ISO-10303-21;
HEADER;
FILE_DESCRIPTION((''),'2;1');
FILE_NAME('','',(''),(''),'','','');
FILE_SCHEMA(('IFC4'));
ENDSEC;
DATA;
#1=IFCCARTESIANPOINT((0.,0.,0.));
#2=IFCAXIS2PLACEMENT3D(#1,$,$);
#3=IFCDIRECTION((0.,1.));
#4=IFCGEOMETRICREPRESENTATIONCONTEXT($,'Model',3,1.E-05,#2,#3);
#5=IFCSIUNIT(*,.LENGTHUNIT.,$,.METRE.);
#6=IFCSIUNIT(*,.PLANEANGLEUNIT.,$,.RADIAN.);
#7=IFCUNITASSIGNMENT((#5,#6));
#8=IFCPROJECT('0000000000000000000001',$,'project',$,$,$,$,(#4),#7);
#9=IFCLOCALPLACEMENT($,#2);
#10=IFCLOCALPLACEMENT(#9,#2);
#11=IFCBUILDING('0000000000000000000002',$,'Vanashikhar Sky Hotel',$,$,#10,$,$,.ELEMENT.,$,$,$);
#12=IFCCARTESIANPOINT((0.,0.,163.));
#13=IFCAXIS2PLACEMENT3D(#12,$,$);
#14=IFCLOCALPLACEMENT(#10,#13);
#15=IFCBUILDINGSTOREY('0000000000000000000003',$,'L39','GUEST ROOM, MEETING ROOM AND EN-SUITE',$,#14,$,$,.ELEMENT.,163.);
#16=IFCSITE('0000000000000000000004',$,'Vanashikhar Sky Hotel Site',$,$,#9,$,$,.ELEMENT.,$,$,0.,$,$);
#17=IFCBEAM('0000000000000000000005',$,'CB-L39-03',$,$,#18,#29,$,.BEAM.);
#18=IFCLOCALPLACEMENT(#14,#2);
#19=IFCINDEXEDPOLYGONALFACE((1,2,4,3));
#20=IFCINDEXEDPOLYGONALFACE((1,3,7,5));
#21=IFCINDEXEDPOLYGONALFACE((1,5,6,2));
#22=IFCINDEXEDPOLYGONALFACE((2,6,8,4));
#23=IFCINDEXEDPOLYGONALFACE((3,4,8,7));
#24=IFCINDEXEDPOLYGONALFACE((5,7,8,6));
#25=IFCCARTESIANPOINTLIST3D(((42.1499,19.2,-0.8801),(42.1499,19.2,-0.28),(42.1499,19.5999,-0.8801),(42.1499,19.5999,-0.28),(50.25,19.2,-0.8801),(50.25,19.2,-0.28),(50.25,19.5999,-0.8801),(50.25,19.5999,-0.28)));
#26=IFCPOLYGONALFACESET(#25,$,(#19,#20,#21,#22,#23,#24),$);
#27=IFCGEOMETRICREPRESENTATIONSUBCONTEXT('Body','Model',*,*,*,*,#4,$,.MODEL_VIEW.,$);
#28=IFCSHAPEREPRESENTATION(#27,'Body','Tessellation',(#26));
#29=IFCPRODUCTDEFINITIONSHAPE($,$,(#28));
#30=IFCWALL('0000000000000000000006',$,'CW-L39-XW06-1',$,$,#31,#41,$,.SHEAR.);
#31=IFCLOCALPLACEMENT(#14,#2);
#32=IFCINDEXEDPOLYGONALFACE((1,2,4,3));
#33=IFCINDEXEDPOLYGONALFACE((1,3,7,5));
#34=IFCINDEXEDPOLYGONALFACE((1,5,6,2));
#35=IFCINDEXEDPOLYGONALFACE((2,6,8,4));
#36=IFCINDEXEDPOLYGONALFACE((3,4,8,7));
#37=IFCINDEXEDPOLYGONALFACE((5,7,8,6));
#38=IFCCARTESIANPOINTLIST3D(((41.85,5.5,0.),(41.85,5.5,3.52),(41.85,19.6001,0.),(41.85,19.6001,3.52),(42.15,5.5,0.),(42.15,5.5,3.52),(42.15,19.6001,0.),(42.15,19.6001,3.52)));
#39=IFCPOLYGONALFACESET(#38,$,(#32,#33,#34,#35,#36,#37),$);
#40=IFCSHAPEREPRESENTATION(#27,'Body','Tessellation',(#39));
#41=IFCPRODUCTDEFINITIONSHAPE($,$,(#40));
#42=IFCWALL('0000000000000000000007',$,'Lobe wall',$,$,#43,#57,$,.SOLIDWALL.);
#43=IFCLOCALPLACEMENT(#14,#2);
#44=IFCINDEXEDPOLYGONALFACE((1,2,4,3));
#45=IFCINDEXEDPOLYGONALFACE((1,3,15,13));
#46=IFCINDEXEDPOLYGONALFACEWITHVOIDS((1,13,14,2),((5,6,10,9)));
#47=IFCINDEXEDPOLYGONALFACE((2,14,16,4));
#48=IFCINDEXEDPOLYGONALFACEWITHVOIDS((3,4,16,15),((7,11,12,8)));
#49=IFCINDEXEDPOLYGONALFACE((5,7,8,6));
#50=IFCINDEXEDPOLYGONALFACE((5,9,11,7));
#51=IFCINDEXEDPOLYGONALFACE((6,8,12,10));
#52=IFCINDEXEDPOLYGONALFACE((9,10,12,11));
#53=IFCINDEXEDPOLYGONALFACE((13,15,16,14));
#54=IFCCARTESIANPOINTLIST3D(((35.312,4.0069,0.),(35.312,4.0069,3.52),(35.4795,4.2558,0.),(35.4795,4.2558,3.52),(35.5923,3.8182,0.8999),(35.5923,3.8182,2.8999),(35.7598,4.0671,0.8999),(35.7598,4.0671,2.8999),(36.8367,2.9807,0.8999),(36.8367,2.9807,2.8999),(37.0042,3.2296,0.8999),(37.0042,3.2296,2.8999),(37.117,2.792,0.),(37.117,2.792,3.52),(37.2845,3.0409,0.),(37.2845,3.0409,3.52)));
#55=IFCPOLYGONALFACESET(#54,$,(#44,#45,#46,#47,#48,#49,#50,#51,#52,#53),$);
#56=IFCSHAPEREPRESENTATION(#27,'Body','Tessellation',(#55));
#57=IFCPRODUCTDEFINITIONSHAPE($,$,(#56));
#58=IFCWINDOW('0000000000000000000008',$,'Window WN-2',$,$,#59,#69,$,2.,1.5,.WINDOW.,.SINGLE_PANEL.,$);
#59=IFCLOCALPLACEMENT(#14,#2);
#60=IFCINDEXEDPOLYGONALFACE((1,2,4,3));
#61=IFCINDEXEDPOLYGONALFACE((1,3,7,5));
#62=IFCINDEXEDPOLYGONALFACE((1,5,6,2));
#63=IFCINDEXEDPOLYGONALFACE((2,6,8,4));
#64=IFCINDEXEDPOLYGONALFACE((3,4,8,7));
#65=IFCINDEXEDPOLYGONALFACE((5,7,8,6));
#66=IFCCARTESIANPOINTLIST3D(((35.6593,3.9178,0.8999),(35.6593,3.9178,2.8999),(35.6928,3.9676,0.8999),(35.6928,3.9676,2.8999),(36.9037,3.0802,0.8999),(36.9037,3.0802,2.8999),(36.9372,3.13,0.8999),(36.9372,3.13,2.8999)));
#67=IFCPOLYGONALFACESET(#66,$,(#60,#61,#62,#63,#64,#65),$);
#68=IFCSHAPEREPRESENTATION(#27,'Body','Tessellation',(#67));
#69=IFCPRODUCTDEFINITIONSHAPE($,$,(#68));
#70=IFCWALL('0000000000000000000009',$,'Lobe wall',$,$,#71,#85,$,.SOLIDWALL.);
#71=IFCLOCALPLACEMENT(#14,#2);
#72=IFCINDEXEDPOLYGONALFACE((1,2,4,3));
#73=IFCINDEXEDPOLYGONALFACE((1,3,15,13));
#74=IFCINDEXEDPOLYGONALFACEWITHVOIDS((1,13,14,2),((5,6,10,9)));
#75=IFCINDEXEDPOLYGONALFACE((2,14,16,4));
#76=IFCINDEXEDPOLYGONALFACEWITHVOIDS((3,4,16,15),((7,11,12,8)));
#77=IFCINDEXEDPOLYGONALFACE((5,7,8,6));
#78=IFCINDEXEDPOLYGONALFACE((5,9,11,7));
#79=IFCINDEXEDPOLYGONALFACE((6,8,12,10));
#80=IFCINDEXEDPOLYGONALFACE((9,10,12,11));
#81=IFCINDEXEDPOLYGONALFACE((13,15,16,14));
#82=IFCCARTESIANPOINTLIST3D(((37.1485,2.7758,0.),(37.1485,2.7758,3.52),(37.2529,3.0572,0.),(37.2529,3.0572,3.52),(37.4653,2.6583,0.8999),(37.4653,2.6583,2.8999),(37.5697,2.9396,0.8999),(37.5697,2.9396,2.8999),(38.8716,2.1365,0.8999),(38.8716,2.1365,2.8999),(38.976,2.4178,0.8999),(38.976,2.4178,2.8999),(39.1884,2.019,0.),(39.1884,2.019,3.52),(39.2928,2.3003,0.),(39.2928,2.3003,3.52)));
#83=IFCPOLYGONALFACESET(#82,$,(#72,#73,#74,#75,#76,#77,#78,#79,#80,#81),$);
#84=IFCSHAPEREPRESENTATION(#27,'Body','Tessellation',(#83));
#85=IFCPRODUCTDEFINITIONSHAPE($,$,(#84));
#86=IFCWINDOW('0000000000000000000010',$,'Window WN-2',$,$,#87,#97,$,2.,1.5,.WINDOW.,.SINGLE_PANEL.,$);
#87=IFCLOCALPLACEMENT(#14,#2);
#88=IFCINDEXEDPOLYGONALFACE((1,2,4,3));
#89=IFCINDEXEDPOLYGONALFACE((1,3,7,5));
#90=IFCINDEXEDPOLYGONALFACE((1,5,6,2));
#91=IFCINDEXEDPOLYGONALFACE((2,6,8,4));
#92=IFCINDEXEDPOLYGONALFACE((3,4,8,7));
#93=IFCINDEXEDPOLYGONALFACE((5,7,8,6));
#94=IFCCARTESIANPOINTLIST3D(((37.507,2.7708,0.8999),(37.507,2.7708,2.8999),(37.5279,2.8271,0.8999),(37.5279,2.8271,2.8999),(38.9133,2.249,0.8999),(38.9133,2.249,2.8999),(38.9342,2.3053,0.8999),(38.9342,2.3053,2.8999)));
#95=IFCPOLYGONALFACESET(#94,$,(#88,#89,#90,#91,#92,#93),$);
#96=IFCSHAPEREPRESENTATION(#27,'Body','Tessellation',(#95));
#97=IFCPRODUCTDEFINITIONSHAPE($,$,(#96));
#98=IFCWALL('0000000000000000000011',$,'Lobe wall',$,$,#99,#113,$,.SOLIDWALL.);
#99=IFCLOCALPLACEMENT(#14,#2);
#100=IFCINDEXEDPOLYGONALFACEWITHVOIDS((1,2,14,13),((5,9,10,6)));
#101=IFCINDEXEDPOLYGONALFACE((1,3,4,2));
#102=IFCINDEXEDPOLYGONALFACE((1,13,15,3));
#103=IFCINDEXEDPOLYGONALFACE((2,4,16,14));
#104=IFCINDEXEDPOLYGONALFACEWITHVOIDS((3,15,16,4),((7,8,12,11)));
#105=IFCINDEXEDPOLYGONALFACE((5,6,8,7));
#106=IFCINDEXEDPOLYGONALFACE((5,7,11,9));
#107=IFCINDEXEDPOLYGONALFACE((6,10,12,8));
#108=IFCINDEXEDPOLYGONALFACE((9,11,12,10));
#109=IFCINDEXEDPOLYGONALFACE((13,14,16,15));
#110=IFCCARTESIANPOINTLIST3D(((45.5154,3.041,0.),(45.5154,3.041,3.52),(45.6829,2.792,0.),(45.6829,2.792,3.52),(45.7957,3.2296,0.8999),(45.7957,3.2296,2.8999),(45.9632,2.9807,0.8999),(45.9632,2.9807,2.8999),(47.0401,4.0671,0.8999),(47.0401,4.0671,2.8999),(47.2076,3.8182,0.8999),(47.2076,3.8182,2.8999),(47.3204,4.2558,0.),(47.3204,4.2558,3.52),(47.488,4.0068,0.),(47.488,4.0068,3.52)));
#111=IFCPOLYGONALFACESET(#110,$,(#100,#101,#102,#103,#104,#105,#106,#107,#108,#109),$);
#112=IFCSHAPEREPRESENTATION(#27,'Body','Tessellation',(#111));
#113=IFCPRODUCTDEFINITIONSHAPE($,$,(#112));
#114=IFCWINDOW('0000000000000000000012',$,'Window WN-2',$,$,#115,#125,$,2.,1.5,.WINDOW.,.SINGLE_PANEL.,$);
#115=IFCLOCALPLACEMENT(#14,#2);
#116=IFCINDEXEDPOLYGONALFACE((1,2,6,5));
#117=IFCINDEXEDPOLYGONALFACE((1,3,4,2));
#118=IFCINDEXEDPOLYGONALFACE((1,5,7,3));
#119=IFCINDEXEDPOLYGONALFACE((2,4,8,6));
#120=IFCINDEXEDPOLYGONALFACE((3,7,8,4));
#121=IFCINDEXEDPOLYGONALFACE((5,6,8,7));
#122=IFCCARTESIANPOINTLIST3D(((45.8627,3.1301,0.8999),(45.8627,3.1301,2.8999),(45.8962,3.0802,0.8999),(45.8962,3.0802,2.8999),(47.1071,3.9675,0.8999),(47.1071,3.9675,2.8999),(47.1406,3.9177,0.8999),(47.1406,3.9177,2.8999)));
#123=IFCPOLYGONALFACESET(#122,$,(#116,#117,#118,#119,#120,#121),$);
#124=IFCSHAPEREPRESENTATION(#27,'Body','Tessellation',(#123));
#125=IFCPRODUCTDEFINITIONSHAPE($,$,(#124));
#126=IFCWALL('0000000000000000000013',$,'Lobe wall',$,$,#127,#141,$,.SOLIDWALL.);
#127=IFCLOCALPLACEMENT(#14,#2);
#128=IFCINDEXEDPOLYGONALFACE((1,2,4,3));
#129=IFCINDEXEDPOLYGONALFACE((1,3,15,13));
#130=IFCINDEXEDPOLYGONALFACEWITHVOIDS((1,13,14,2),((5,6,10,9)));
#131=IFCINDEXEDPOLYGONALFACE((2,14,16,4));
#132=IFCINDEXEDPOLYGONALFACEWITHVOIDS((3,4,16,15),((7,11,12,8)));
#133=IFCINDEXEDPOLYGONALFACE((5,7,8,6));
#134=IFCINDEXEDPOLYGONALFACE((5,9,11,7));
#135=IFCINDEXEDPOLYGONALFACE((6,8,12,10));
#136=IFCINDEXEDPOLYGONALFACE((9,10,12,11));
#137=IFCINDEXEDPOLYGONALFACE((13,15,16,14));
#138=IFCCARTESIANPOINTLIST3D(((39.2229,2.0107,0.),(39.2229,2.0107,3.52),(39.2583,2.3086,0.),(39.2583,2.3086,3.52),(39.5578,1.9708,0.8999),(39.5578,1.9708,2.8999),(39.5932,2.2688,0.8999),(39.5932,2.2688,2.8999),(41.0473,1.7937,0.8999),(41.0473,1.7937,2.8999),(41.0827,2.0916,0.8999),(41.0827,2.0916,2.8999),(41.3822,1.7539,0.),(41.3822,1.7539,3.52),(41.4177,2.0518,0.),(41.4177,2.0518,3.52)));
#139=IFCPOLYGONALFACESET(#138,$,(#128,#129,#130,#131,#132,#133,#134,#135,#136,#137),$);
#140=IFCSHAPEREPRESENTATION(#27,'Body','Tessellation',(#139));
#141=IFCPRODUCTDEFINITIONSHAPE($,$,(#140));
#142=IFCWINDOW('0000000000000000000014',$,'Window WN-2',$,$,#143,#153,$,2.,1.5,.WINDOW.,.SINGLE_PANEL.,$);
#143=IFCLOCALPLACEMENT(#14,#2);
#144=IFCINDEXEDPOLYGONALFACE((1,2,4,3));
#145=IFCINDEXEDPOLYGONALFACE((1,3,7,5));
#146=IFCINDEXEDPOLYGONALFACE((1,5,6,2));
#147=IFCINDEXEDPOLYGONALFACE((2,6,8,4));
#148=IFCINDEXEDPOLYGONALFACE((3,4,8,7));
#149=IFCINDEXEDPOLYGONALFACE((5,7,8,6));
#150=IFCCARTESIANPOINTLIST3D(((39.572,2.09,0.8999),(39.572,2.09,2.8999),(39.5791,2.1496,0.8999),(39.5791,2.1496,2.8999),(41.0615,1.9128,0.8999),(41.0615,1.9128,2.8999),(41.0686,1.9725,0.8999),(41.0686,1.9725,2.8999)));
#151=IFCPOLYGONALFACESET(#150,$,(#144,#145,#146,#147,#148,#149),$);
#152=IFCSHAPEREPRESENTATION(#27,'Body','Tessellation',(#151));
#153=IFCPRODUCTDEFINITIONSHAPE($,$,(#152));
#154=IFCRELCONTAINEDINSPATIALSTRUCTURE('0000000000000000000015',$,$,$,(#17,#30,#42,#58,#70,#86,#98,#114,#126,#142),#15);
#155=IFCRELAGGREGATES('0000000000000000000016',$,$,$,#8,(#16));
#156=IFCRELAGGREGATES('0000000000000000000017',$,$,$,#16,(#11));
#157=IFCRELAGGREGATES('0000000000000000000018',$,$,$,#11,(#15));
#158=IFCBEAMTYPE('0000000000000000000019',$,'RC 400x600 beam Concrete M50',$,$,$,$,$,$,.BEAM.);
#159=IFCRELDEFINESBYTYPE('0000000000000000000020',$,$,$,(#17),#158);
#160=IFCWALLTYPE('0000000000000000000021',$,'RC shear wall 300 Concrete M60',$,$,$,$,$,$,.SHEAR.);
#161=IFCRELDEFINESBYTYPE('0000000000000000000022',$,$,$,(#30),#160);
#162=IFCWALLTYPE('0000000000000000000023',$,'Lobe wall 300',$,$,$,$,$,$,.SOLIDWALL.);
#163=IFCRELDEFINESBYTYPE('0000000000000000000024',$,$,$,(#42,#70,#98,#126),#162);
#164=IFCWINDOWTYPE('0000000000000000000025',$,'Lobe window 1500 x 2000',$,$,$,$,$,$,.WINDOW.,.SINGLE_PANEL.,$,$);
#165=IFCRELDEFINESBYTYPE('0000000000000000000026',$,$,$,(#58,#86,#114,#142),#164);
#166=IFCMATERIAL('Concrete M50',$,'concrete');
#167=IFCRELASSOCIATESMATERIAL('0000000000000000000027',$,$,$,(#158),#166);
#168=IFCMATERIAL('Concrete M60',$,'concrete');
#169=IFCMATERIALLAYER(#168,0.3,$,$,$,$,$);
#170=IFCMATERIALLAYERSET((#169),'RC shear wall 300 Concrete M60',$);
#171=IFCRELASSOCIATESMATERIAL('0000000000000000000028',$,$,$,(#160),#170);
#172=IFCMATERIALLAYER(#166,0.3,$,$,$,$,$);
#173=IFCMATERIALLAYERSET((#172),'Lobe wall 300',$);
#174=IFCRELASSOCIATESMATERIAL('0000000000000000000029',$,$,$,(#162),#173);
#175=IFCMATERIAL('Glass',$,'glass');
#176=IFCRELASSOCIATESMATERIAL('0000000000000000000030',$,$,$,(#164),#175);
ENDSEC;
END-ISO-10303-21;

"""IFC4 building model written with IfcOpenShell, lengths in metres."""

from ifc_helpers import new_model, si_unit, direction, frame, frame_2d, origin, origin_2d, place, context, subcontext, project, spatial, rectangle, extrude, source, transform, mapped, material, layer, layer_set, material_profile, profile_set, type_object, element, fill, save


model = new_model("IFC4")

# Units and contexts
model_context = context("Model", 3, precision=1e-05, world=origin(), true_north=direction((0.0, 1.0)))
body_context = subcontext(model_context, "Body", "Model", "MODEL_VIEW")
ifc_project = project(units=[si_unit("LENGTHUNIT", "METRE"), si_unit("PLANEANGLEUNIT", "RADIAN")], contexts=[model_context])

# Site, building, storey
site_placement = place(None, origin())
site = spatial("IfcSite", under=ifc_project, at=site_placement, Name="Vanashikhar Sky Hotel Site", CompositionType="ELEMENT", RefElevation=0.0)
building_placement = place(site_placement, origin())
building = spatial("IfcBuilding", under=site, at=building_placement, Name="Vanashikhar Sky Hotel", CompositionType="ELEMENT")
storey_placement = place(building_placement, frame((0.0, 0.0, 163.0)))
storey = spatial("IfcBuildingStorey", under=building, at=storey_placement, Name="L39", Description="GUEST ROOM, MEETING ROOM AND EN-SUITE", CompositionType="ELEMENT", Elevation=163.0)

# Beam
ifc_material_1 = material(Name="Concrete M50", Category="concrete")
ifc_material_profile_1 = material_profile(ifc_material_1, rectangle(XDim=0.3999, YDim=0.6001, at=origin_2d()))
ifc_profile_set_1 = profile_set([ifc_material_profile_1], Name="RC 400x600 beam Concrete M50")
beam_type = type_object("IfcBeamType", Name="RC 400x600 beam Concrete M50", PredefinedType="BEAM", material=ifc_profile_set_1)
shared_shape_1 = source(origin(), body_context, "Body", "SweptSolid", [
    extrude(rectangle(XDim=0.3999, YDim=0.6001, at=origin_2d()), origin(), (0.0, 0.0, 1.0), 8.1001),
])
beam_placement = place(storey_placement, frame((42.1499, 19.3999, -0.5801), z_axis=(1.0, 0.0, 0.0), x_axis=(0.0, 1.0, 0.0)))
element("IfcBeam", 1, at=beam_placement, inside=storey, type_object=beam_type, Name="CB-L39-03", PredefinedType="BEAM", context=body_context, shape_type="MappedRepresentation", body=[
    mapped(shared_shape_1, transform((0.0, 0.0, 0.0), scale=1.0)),
])

# Wall
ifc_material_2 = material(Name="Concrete M60", Category="concrete")
ifc_layer_1 = layer(ifc_material_2, 0.3)
ifc_layer_set_1 = layer_set([ifc_layer_1], Name="RC shear wall 300 Concrete M60")
wall_type_1 = type_object("IfcWallType", Name="RC shear wall 300 Concrete M60", PredefinedType="SHEAR", material=ifc_layer_set_1)
shared_shape_2 = source(origin(), body_context, "Body", "SweptSolid", [
    extrude(rectangle(XDim=14.1001, YDim=0.3, at=frame_2d((7.05, 0.0))), origin(), (0.0, 0.0, 1.0), 3.52),
])
wall_1_placement = place(storey_placement, frame((42.0, 5.5, 0.0), z_axis=(0.0, 0.0, 1.0), x_axis=(0.0, 1.0, 0.0)))
element("IfcWall", 2, at=wall_1_placement, inside=storey, type_object=wall_type_1, Name="CW-L39-XW06-1", PredefinedType="SHEAR", context=body_context, shape_type="MappedRepresentation", body=[
    mapped(shared_shape_2, transform((0.0, 0.0, 0.0), scale=1.0)),
])

# Walls, openings, windows
ifc_layer_2 = layer(ifc_material_1, 0.3)
ifc_layer_set_2 = layer_set([ifc_layer_2], Name="Lobe wall 300")
wall_type_2 = type_object("IfcWallType", Name="Lobe wall 300", PredefinedType="SOLIDWALL", material=ifc_layer_set_2)
shared_shape_3 = source(origin(), body_context, "Body", "SweptSolid", [
    extrude(rectangle(XDim=2.1758, YDim=0.3, at=frame_2d((1.0879, 0.0))), origin(), (0.0, 0.0, 1.0), 3.52),
])
wall_2_placement = place(storey_placement, frame((35.3958, 4.1313, 0.0), z_axis=(0.0, 0.0, 1.0), x_axis=(0.829591, -0.558372, 0.0)))
wall_2 = element("IfcWall", 3, at=wall_2_placement, inside=storey, type_object=wall_type_2, Name="Lobe wall", PredefinedType="SOLIDWALL", context=body_context, shape_type="MappedRepresentation", body=[
    mapped(shared_shape_3, transform((0.0, 0.0, 0.0), scale=1.0)),
])
shared_shape_4 = source(origin(), body_context, "Body", "SweptSolid", [
    extrude(rectangle(XDim=1.5, YDim=2.0, at=frame_2d((0.75, 1.0))), frame((0.0, 0.1602, 0.0), z_axis=(0.0, -1.0, 0.0), x_axis=(1.0, 0.0, 0.0)), (0.0, 0.0, 1.0), 0.3201),
])
opening_1_placement = place(wall_2_placement, frame((0.3379, 0.0, 0.8999)))
opening_1 = element("IfcOpeningElement", 4, at=opening_1_placement, cuts=wall_2, PredefinedType="OPENING", context=body_context, shape_type="MappedRepresentation", body=[
    mapped(shared_shape_4, transform((0.0, 0.0, 0.0), scale=1.0)),
])
ifc_material_3 = material(Name="Glass", Category="glass")
window_type = type_object("IfcWindowType", Name="Lobe window 1500 x 2000", PartitioningType="SINGLE_PANEL", PredefinedType="WINDOW", material=ifc_material_3)
shared_shape_5 = source(origin(), body_context, "Body", "SweptSolid", [
    extrude(rectangle(XDim=1.5, YDim=2.0, at=frame_2d((0.75, 1.0))), frame((0.0, 0.03, 0.0), z_axis=(0.0, -1.0, 0.0), x_axis=(1.0, 0.0, 0.0)), (0.0, 0.0, 1.0), 0.0601),
])
window_1_placement = place(opening_1_placement, origin())
window_1 = element("IfcWindow", 5, at=window_1_placement, inside=storey, type_object=window_type, Name="Window WN-2", OverallHeight=2.0, OverallWidth=1.5, PartitioningType="SINGLE_PANEL", PredefinedType="WINDOW", context=body_context, shape_type="MappedRepresentation", body=[
    mapped(shared_shape_5, transform((0.0, 0.0, 0.0), scale=1.0)),
])
fill(opening_1, window_1)
wall_3_placement = place(storey_placement, frame((37.2007, 2.9165, 0.0), z_axis=(0.0, 0.0, 1.0), x_axis=(0.937546, -0.347863, 0.0)))
wall_3 = element("IfcWall", 6, at=wall_3_placement, inside=storey, type_object=wall_type_2, Name="Lobe wall", PredefinedType="SOLIDWALL", context=body_context, shape_type="MappedRepresentation", body=[
    mapped(shared_shape_3, transform((0.0, 0.0, 0.0), scale=1.0)),
])
opening_2_placement = place(wall_3_placement, frame((0.3379, 0.0, 0.8999)))
opening_2 = element("IfcOpeningElement", 7, at=opening_2_placement, cuts=wall_3, PredefinedType="OPENING", context=body_context, shape_type="MappedRepresentation", body=[
    mapped(shared_shape_4, transform((0.0, 0.0, 0.0), scale=1.0)),
])
window_2_placement = place(opening_2_placement, origin())
window_2 = element("IfcWindow", 8, at=window_2_placement, inside=storey, type_object=window_type, Name="Window WN-2", OverallHeight=2.0, OverallWidth=1.5, PartitioningType="SINGLE_PANEL", PredefinedType="WINDOW", context=body_context, shape_type="MappedRepresentation", body=[
    mapped(shared_shape_5, transform((0.0, 0.0, 0.0), scale=1.0)),
])
fill(opening_2, window_2)
wall_4_placement = place(storey_placement, frame((45.5991, 2.9165, 0.0), z_axis=(0.0, 0.0, 1.0), x_axis=(0.829626, 0.55832, 0.0)))
wall_4 = element("IfcWall", 9, at=wall_4_placement, inside=storey, type_object=wall_type_2, Name="Lobe wall", PredefinedType="SOLIDWALL", context=body_context, shape_type="MappedRepresentation", body=[
    mapped(shared_shape_3, transform((0.0, 0.0, 0.0), scale=1.0)),
])
opening_3_placement = place(wall_4_placement, frame((0.3379, 0.0, 0.8999)))
opening_3 = element("IfcOpeningElement", 10, at=opening_3_placement, cuts=wall_4, PredefinedType="OPENING", context=body_context, shape_type="MappedRepresentation", body=[
    mapped(shared_shape_4, transform((0.0, 0.0, 0.0), scale=1.0)),
])
window_3_placement = place(opening_3_placement, origin())
window_3 = element("IfcWindow", 11, at=window_3_placement, inside=storey, type_object=window_type, Name="Window WN-2", OverallHeight=2.0, OverallWidth=1.5, PartitioningType="SINGLE_PANEL", PredefinedType="WINDOW", context=body_context, shape_type="MappedRepresentation", body=[
    mapped(shared_shape_5, transform((0.0, 0.0, 0.0), scale=1.0)),
])
fill(opening_3, window_3)
shared_shape_6 = source(origin(), body_context, "Body", "SweptSolid", [
    extrude(rectangle(XDim=2.1746, YDim=0.3, at=frame_2d((1.0874, 0.0))), origin(), (0.0, 0.0, 1.0), 3.52),
])
wall_5_placement = place(storey_placement, frame((39.2405, 2.1597, 0.0), z_axis=(0.0, 0.0, 1.0), x_axis=(0.993001, -0.118105, 0.0)))
wall_5 = element("IfcWall", 12, at=wall_5_placement, inside=storey, type_object=wall_type_2, Name="Lobe wall", PredefinedType="SOLIDWALL", context=body_context, shape_type="MappedRepresentation", body=[
    mapped(shared_shape_6, transform((0.0, 0.0, 0.0), scale=1.0)),
])
opening_4_placement = place(wall_5_placement, frame((0.3374, 0.0, 0.8999)))
opening_4 = element("IfcOpeningElement", 13, at=opening_4_placement, cuts=wall_5, PredefinedType="OPENING", context=body_context, shape_type="MappedRepresentation", body=[
    mapped(shared_shape_4, transform((0.0, 0.0, 0.0), scale=1.0)),
])
window_4_placement = place(opening_4_placement, origin())
window_4 = element("IfcWindow", 14, at=window_4_placement, inside=storey, type_object=window_type, Name="Window WN-2", OverallHeight=2.0, OverallWidth=1.5, PartitioningType="SINGLE_PANEL", PredefinedType="WINDOW", context=body_context, shape_type="MappedRepresentation", body=[
    mapped(shared_shape_5, transform((0.0, 0.0, 0.0), scale=1.0)),
])
fill(opening_4, window_4)

save(model, "model.ifc")
